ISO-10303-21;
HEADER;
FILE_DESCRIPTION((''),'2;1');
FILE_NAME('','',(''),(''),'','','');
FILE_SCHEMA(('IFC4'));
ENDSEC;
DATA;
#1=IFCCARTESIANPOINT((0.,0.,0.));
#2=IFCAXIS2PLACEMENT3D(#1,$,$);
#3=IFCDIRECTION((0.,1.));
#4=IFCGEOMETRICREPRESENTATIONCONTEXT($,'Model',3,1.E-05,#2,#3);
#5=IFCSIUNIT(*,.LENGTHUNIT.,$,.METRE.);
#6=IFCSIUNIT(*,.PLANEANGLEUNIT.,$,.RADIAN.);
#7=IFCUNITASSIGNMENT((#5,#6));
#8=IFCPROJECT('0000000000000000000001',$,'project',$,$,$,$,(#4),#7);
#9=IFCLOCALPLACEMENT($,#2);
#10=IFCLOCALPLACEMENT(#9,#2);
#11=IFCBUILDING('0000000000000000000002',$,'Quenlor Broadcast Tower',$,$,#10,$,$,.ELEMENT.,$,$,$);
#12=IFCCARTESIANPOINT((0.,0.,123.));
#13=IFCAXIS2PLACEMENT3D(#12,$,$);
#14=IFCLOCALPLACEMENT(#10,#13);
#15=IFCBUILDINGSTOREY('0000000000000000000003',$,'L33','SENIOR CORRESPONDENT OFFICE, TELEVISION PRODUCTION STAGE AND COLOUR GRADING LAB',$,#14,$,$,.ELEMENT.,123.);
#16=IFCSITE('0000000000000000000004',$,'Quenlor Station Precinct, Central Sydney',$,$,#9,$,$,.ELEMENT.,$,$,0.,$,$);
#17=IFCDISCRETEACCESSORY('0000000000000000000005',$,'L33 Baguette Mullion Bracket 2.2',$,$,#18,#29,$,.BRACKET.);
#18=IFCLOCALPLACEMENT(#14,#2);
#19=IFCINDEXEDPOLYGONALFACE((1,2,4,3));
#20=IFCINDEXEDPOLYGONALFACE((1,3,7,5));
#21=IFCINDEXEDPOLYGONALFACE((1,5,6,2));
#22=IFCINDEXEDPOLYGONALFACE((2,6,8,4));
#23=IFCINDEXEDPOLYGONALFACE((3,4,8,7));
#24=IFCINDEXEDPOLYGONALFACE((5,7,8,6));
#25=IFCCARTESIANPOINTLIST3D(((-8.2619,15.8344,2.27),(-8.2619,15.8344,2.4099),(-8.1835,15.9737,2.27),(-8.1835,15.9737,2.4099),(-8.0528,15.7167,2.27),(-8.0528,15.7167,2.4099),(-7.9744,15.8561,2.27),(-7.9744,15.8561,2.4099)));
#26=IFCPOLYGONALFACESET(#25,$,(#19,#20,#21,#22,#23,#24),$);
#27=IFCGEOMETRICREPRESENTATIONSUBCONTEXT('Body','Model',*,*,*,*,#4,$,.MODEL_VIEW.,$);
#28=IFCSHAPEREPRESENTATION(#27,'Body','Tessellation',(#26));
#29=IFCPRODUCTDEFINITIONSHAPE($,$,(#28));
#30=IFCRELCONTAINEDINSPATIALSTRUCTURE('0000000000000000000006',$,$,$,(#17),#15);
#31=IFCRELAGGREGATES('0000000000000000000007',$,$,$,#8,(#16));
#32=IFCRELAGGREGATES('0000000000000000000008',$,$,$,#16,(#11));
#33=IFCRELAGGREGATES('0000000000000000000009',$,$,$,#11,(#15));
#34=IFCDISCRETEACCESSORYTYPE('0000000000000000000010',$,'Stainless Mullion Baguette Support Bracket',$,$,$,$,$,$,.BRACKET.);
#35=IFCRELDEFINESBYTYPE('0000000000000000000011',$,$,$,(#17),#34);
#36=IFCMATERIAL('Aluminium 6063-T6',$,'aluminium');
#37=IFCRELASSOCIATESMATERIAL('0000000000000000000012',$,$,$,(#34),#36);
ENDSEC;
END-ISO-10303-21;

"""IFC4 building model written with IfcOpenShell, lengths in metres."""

from ifc_helpers import new_model, si_unit, direction, frame, origin, origin_2d, place, context, subcontext, project, spatial, rectangle, extrude, material, type_object, element, save


model = new_model("IFC4")

# Units and contexts
model_context = context("Model", 3, precision=1e-05, world=origin(), true_north=direction((0.0, 1.0)))
body_context = subcontext(model_context, "Body", "Model", "MODEL_VIEW")
ifc_project = project(units=[si_unit("LENGTHUNIT", "METRE"), si_unit("PLANEANGLEUNIT", "RADIAN")], contexts=[model_context])

# Site, building, storey
site_placement = place(None, origin())
site = spatial("IfcSite", under=ifc_project, at=site_placement, Name="Quenlor Station Precinct, Central Sydney", CompositionType="ELEMENT", RefElevation=0.0)
building_placement = place(site_placement, origin())
building = spatial("IfcBuilding", under=site, at=building_placement, Name="Quenlor Broadcast Tower", CompositionType="ELEMENT")
storey_placement = place(building_placement, frame((0.0, 0.0, 123.0)))
storey = spatial("IfcBuildingStorey", under=building, at=storey_placement, Name="L33", Description="SENIOR CORRESPONDENT OFFICE, TELEVISION PRODUCTION STAGE AND COLOUR GRADING LAB", CompositionType="ELEMENT", Elevation=123.0)

# Discrete accessory
ifc_material_1 = material(Name="Aluminium 6063-T6", Category="aluminium")
discrete_accessory_type = type_object("IfcDiscreteAccessoryType", Name="Stainless Mullion Baguette Support Bracket", PredefinedType="BRACKET", material=ifc_material_1)
for number, where, z_axis, x_axis, name in (
    (1, (-8.1182, 15.8452, 2.27), (0.0, 0.0, 1.0), (0.490265, 0.871573, 0.0), "L33 Baguette Mullion Bracket 2.2"),
):
    element("IfcDiscreteAccessory", number, at=place(storey_placement, frame(where, z_axis=z_axis, x_axis=x_axis)), inside=storey, type_object=discrete_accessory_type, Name=name, PredefinedType="BRACKET", context=body_context, shape_type="SweptSolid", body=[
        extrude(rectangle(XDim=0.1599, YDim=0.24, at=origin_2d()), origin(), (0.0, 0.0, 1.0), 0.1399),
    ])

save(model, "model.ifc")
